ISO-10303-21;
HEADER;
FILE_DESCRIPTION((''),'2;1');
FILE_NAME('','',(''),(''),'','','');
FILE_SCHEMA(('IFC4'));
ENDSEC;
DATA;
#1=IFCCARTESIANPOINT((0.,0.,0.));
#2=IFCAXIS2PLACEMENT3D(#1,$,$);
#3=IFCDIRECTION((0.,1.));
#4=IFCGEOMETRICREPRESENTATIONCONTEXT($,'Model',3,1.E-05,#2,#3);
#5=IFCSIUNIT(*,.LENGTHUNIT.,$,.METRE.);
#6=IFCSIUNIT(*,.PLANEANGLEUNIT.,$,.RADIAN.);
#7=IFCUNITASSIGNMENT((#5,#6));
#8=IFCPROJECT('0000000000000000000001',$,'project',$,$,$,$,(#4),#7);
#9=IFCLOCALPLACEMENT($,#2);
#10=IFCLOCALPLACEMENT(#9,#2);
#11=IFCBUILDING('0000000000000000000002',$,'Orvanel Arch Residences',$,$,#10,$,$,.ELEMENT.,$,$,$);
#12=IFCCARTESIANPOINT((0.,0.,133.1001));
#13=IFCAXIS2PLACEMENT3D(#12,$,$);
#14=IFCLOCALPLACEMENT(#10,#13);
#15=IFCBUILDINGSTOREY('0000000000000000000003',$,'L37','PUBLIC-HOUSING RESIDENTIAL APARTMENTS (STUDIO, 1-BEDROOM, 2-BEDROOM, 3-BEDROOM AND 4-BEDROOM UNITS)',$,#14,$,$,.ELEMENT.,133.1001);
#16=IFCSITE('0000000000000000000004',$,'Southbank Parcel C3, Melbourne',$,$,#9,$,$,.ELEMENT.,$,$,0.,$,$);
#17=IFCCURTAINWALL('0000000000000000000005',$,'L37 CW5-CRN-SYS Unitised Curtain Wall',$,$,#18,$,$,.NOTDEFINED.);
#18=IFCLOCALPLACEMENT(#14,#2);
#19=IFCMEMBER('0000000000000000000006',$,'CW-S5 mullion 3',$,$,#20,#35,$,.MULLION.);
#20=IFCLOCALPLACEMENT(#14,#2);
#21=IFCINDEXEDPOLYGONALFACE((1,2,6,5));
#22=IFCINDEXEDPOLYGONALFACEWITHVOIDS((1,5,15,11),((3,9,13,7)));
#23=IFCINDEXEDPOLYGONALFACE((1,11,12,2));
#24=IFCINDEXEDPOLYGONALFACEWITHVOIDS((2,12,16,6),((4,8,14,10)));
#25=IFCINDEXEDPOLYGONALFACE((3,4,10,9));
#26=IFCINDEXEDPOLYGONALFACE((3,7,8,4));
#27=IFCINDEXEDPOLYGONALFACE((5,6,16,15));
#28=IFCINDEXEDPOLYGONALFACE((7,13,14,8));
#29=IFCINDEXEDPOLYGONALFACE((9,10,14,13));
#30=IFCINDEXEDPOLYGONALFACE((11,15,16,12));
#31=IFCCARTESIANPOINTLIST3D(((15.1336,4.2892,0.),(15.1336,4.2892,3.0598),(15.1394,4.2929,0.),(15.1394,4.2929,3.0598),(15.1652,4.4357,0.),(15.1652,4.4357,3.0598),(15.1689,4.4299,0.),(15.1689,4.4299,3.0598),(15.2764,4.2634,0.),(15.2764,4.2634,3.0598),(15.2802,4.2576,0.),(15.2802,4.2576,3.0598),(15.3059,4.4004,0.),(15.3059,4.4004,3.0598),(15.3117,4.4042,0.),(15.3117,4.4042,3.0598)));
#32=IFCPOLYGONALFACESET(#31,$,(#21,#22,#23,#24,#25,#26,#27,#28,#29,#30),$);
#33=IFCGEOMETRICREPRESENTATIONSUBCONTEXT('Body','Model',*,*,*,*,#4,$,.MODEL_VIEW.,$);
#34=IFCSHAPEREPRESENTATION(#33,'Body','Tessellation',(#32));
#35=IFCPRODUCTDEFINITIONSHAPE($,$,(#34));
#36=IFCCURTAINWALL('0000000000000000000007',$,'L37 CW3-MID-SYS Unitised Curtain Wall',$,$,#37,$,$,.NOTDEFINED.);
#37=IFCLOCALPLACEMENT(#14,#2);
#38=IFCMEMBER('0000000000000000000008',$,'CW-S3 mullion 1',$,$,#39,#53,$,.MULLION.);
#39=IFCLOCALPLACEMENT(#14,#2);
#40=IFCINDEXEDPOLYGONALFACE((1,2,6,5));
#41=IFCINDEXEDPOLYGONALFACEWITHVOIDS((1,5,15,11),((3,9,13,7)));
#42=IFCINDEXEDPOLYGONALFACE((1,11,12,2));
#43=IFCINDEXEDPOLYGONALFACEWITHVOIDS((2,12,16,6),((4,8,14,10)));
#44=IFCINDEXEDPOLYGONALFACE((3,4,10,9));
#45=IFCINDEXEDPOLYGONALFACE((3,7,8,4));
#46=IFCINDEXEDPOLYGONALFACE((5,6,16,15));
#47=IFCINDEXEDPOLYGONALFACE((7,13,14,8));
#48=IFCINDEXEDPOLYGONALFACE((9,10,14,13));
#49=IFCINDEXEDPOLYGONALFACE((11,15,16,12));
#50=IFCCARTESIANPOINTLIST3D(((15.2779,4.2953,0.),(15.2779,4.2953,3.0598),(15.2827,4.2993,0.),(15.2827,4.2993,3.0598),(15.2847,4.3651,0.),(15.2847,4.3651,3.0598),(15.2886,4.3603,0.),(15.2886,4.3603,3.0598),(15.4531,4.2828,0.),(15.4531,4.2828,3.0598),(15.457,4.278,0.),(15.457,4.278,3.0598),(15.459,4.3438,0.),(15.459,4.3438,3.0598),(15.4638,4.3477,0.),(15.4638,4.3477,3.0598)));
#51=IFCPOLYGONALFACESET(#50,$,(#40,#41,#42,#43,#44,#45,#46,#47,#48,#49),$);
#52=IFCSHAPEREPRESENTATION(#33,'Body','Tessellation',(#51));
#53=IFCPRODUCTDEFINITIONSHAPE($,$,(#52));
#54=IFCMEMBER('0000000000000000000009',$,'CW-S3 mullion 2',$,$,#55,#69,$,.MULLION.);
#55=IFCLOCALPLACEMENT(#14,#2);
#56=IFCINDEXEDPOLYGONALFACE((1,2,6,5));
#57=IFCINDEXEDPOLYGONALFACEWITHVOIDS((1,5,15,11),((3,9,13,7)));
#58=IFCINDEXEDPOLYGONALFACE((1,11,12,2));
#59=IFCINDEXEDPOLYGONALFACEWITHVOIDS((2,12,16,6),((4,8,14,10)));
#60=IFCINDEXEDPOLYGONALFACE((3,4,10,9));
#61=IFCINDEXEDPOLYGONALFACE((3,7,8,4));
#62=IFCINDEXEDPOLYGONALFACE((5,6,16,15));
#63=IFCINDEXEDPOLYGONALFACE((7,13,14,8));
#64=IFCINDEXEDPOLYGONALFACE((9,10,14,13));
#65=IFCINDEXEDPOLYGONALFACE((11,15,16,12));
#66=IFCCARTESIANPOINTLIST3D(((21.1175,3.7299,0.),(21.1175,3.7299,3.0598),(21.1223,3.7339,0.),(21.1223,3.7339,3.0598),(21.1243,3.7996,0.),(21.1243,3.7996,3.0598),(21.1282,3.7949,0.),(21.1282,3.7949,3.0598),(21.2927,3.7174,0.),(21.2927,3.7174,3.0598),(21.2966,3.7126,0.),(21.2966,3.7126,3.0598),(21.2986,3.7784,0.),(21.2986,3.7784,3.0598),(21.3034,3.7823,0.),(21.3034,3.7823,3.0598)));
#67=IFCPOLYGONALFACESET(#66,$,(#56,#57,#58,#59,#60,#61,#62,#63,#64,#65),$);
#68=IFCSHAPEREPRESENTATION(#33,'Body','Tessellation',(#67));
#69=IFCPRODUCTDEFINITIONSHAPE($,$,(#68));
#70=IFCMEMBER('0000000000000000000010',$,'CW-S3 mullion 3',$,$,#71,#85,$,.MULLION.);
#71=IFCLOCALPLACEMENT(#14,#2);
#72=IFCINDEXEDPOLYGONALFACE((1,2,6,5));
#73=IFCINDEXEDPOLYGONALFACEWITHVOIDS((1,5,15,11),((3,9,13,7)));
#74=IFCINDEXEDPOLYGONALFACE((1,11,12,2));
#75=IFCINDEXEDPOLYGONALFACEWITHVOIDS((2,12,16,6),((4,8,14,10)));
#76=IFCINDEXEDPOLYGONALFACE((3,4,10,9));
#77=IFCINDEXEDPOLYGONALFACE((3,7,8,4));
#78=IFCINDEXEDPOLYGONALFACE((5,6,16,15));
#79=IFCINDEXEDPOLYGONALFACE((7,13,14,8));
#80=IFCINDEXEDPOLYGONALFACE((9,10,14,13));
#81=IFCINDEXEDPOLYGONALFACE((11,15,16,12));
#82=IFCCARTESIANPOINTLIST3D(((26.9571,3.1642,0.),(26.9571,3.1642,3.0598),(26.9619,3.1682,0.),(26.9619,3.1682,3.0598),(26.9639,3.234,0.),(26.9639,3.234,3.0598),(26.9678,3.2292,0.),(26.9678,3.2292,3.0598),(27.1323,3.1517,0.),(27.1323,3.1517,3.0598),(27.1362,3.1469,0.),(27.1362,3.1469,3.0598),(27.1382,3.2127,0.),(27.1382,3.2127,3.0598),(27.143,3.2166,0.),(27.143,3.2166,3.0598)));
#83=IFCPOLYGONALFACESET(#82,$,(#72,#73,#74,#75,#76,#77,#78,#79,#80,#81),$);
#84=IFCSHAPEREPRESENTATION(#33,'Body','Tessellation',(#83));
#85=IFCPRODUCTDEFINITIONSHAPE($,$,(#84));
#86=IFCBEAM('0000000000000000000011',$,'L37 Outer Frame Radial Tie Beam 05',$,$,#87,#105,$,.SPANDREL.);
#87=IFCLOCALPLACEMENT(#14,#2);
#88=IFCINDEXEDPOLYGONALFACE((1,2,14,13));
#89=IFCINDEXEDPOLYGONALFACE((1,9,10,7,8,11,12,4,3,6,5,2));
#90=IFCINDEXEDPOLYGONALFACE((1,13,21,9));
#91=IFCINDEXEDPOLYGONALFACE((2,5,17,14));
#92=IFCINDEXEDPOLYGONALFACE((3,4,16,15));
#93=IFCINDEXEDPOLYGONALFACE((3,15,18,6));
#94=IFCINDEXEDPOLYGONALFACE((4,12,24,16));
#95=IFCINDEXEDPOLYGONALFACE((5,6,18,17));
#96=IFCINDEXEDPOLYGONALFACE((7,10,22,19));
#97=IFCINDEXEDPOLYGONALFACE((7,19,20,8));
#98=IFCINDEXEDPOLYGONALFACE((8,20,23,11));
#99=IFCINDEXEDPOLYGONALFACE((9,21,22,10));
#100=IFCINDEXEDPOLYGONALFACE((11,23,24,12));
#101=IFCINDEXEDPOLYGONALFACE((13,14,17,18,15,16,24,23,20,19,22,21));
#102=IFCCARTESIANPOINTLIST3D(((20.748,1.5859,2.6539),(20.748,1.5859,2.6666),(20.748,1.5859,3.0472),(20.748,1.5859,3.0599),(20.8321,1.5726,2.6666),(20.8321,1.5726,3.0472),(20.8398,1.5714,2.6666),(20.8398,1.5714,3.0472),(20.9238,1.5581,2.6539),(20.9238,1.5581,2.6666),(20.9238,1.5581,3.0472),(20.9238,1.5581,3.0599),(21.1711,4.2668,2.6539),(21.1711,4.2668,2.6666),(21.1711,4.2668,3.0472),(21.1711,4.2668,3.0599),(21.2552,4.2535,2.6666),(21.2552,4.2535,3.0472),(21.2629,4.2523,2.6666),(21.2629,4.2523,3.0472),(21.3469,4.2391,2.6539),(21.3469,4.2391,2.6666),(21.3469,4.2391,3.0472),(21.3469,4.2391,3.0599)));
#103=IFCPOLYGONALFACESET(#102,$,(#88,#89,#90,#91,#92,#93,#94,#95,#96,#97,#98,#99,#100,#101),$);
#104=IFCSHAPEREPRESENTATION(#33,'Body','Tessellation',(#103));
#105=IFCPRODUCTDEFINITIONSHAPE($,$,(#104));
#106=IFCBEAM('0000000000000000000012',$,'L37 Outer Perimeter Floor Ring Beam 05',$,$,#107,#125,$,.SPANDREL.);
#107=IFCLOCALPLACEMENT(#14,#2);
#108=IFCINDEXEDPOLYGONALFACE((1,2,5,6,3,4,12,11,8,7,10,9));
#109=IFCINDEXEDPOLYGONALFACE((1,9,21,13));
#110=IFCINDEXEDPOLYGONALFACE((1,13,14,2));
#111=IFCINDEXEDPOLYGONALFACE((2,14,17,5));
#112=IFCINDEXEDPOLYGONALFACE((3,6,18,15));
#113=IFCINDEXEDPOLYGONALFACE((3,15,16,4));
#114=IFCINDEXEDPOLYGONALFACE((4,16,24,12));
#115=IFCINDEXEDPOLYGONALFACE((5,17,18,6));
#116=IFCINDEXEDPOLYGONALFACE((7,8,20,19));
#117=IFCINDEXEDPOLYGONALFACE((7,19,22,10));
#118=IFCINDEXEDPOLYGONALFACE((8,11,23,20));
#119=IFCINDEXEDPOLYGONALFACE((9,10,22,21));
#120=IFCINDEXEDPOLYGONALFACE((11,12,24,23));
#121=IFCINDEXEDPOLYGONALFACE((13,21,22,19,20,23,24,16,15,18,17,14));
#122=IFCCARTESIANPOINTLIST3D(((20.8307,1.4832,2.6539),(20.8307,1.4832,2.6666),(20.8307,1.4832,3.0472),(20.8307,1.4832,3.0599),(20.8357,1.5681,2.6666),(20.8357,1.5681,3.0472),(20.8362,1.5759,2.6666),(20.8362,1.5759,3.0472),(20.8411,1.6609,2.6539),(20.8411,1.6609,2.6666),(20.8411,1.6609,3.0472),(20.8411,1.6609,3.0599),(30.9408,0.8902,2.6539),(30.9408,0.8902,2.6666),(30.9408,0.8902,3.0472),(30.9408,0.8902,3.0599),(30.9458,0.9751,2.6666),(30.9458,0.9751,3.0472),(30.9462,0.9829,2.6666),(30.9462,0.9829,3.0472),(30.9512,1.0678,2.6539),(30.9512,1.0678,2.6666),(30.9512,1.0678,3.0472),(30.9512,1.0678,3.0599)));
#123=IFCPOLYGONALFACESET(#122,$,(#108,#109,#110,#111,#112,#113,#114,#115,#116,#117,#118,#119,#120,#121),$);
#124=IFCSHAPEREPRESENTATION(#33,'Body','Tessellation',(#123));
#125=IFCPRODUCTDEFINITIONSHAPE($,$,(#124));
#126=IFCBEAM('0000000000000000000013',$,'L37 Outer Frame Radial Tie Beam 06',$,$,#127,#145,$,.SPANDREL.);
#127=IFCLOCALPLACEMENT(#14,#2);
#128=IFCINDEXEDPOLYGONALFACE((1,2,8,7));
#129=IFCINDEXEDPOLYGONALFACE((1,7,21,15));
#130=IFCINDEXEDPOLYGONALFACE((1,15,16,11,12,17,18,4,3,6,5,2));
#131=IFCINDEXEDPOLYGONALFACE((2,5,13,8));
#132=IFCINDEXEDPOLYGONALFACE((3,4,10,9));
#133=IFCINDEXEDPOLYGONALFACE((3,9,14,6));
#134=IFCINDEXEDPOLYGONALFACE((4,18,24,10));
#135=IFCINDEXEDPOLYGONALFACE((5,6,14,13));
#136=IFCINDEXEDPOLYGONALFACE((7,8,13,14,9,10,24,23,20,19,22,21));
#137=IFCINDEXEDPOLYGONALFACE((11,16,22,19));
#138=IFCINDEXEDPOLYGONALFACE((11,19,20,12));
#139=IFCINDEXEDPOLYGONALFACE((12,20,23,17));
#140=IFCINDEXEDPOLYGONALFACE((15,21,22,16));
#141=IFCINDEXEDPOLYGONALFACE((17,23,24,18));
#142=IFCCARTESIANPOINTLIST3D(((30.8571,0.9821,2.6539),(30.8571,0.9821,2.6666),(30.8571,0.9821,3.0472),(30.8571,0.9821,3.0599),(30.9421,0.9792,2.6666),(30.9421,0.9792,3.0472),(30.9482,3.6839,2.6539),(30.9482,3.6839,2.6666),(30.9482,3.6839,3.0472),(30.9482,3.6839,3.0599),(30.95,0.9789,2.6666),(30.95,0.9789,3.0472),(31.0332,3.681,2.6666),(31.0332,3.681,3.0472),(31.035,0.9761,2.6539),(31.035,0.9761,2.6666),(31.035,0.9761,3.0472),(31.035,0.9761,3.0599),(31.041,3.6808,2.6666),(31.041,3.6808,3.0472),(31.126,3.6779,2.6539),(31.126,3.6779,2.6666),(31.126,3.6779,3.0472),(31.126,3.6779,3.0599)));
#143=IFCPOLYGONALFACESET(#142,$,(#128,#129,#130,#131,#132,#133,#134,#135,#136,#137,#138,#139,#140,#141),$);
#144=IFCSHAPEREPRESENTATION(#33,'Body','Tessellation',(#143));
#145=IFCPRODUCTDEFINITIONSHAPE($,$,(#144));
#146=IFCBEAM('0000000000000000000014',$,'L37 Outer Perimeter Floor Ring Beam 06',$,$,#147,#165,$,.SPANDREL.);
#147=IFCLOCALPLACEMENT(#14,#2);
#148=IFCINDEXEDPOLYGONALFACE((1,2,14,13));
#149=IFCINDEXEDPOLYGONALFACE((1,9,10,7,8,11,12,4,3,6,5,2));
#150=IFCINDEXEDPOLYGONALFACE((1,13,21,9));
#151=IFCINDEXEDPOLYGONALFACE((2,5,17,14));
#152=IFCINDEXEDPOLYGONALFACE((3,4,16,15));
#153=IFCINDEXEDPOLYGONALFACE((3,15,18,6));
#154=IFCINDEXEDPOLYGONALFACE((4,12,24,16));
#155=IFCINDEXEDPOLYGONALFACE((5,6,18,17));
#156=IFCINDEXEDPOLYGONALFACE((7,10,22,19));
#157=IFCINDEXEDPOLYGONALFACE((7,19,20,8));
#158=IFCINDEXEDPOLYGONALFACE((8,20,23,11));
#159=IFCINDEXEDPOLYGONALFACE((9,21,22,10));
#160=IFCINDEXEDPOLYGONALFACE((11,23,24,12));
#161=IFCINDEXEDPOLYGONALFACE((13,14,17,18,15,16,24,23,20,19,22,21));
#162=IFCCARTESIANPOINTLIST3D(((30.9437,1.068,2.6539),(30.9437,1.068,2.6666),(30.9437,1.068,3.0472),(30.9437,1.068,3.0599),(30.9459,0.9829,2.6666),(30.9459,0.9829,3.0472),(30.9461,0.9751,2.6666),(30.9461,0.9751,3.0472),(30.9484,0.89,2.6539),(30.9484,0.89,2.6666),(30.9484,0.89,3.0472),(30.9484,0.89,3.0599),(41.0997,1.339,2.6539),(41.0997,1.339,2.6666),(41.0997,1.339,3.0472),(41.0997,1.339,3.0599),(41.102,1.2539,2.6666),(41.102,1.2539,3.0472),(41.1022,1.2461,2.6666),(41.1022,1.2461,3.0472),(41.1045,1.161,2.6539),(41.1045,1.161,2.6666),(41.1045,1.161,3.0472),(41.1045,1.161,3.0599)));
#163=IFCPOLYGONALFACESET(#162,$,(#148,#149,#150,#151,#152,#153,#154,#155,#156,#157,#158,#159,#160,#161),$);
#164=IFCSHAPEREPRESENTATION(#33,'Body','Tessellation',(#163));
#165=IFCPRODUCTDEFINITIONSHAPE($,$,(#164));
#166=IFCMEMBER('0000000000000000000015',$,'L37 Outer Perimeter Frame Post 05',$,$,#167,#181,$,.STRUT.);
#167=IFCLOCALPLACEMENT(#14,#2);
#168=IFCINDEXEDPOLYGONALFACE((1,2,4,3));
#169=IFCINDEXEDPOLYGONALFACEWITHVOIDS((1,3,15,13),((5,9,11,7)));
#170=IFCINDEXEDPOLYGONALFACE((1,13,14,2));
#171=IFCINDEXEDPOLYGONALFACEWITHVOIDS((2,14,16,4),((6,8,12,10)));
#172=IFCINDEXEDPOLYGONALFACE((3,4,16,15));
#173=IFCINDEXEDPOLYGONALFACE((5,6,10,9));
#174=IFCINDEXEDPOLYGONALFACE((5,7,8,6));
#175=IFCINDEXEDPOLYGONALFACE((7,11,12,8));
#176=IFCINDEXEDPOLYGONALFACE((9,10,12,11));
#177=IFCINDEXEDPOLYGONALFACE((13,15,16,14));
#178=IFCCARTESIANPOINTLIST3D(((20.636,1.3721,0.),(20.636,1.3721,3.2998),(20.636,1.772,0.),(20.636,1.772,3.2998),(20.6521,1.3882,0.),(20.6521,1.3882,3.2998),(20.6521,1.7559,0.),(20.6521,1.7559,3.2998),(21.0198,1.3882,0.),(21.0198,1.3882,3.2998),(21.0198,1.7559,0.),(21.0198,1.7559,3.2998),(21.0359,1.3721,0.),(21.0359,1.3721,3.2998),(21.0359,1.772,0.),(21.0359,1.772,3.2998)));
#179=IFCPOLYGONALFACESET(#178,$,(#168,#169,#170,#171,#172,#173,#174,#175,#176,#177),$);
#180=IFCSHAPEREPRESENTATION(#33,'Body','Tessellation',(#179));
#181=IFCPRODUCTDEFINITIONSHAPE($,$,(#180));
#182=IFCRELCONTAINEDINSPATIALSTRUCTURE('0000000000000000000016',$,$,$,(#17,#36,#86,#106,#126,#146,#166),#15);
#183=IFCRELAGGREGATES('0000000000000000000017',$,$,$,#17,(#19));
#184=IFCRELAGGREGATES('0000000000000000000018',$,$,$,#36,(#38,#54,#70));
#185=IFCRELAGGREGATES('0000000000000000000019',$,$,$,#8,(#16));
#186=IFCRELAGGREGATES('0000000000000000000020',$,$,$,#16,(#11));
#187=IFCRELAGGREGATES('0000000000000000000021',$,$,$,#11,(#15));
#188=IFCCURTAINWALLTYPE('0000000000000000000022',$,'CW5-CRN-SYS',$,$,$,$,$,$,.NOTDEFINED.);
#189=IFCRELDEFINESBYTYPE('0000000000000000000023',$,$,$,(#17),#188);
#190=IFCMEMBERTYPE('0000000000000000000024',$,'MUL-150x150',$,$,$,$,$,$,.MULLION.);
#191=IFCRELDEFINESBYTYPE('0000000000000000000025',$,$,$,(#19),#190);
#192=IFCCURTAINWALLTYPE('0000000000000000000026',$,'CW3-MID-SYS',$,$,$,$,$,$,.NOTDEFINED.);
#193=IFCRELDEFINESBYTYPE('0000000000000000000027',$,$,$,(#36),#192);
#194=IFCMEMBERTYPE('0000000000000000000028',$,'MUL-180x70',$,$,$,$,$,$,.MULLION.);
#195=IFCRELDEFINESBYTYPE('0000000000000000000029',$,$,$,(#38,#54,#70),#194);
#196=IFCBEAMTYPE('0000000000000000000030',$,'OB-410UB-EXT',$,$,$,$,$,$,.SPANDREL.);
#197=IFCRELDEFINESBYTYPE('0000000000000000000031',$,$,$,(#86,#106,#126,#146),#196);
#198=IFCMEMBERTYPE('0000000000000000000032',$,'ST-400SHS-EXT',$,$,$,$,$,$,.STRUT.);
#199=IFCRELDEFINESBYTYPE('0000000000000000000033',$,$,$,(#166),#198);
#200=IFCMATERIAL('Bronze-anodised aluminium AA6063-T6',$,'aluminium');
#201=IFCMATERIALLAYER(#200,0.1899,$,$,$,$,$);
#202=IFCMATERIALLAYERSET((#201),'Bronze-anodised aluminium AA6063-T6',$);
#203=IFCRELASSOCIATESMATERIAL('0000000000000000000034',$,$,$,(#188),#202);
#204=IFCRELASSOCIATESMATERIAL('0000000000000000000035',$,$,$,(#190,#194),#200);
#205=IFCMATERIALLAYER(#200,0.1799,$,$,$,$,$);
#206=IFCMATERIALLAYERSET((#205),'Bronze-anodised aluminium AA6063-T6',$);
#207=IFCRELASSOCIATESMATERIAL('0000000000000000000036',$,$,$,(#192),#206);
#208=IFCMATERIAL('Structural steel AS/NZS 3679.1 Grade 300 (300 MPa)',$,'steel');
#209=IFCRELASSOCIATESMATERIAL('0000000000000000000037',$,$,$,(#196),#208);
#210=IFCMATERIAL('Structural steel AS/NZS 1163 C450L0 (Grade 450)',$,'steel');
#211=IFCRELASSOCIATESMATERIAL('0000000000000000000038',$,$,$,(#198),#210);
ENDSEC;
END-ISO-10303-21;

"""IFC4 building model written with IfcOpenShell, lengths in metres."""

from ifc_helpers import new_model, si_unit, direction, frame, origin, origin_2d, place, context, subcontext, project, spatial, hollow_rectangle, i_section, extrude, material, layer, layer_set, material_profile, profile_set, type_object, element, aggregate, save


model = new_model("IFC4")

# Units and contexts
model_context = context("Model", 3, precision=1e-05, world=origin(), true_north=direction((0.0, 1.0)))
body_context = subcontext(model_context, "Body", "Model", "MODEL_VIEW")
ifc_project = project(units=[si_unit("LENGTHUNIT", "METRE"), si_unit("PLANEANGLEUNIT", "RADIAN")], contexts=[model_context])

# Site, building, storey
site_placement = place(None, origin())
site = spatial("IfcSite", under=ifc_project, at=site_placement, Name="Southbank Parcel C3, Melbourne", CompositionType="ELEMENT", RefElevation=0.0)
building_placement = place(site_placement, origin())
building = spatial("IfcBuilding", under=site, at=building_placement, Name="Orvanel Arch Residences", CompositionType="ELEMENT")
storey_placement = place(building_placement, frame((0.0, 0.0, 133.1001)))
storey = spatial("IfcBuildingStorey", under=building, at=storey_placement, Name="L37", Description="PUBLIC-HOUSING RESIDENTIAL APARTMENTS (STUDIO, 1-BEDROOM, 2-BEDROOM, 3-BEDROOM AND 4-BEDROOM UNITS)", CompositionType="ELEMENT", Elevation=133.1001)

# Curtain wall, member
ifc_material_1 = material(Name="Bronze-anodised aluminium AA6063-T6", Category="aluminium")
ifc_layer_1 = layer(ifc_material_1, 0.1899)
ifc_layer_set_1 = layer_set([ifc_layer_1], Name="Bronze-anodised aluminium AA6063-T6")
curtain_wall_type_1 = type_object("IfcCurtainWallType", Name="CW5-CRN-SYS", PredefinedType="NOTDEFINED", material=ifc_layer_set_1)
curtain_wall_1_placement = place(storey_placement, origin())
curtain_wall_1 = element("IfcCurtainWall", 1, at=curtain_wall_1_placement, inside=storey, type_object=curtain_wall_type_1, Name="L37 CW5-CRN-SYS Unitised Curtain Wall", PredefinedType="NOTDEFINED")
ifc_material_profile_1 = material_profile(ifc_material_1, hollow_rectangle(XDim=0.1499, YDim=0.1499, WallThickness=0.0049, at=origin_2d()), Name="ALU150x150x5")
ifc_profile_set_1 = profile_set([ifc_material_profile_1], Name="Bronze-anodised aluminium AA6063-T6")
member_type_1 = type_object("IfcMemberType", Name="MUL-150x150", PredefinedType="MULLION", material=ifc_profile_set_1)
member_1_placement = place(storey_placement, frame((15.2227, 4.3467, 0.0), z_axis=(0.0, 0.0, 1.0), x_axis=(0.210385, 0.977619, 0.0)))
member_1 = element("IfcMember", 2, at=member_1_placement, type_object=member_type_1, Name="CW-S5 mullion 3", PredefinedType="MULLION", context=body_context, shape_type="SweptSolid", body=[
    extrude(hollow_rectangle(XDim=0.1499, YDim=0.1499, WallThickness=0.0049, at=origin_2d()), origin(), (0.0, 0.0, 1.0), 3.0598),
])
aggregate(curtain_wall_1, [member_1])

# Curtain wall, members
ifc_layer_2 = layer(ifc_material_1, 0.1799)
ifc_layer_set_2 = layer_set([ifc_layer_2], Name="Bronze-anodised aluminium AA6063-T6")
curtain_wall_type_2 = type_object("IfcCurtainWallType", Name="CW3-MID-SYS", PredefinedType="NOTDEFINED", material=ifc_layer_set_2)
curtain_wall_2_placement = place(storey_placement, origin())
curtain_wall_2 = element("IfcCurtainWall", 3, at=curtain_wall_2_placement, inside=storey, type_object=curtain_wall_type_2, Name="L37 CW3-MID-SYS Unitised Curtain Wall", PredefinedType="NOTDEFINED")
ifc_material_profile_2 = material_profile(ifc_material_1, hollow_rectangle(XDim=0.0701, YDim=0.1799, WallThickness=0.0044, at=origin_2d()), Name="ALU180x70x4.5")
ifc_profile_set_2 = profile_set([ifc_material_profile_2], Name="Bronze-anodised aluminium AA6063-T6")
member_type_2 = type_object("IfcMemberType", Name="MUL-180x70", PredefinedType="MULLION", material=ifc_profile_set_2)
member_2_placement = place(storey_placement, frame((15.3708, 4.3215, 0.0), z_axis=(0.0, 0.0, 1.0), x_axis=(0.096408, 0.995342, 0.0)))
member_2 = element("IfcMember", 4, at=member_2_placement, type_object=member_type_2, Name="CW-S3 mullion 1", PredefinedType="MULLION", context=body_context, shape_type="SweptSolid", body=[
    extrude(hollow_rectangle(XDim=0.0701, YDim=0.1799, WallThickness=0.0044, at=origin_2d()), origin(), (0.0, 0.0, 1.0), 3.0598),
])
member_3_placement = place(storey_placement, frame((21.2104, 3.7561, 0.0), z_axis=(0.0, 0.0, 1.0), x_axis=(0.096408, 0.995342, 0.0)))
member_3 = element("IfcMember", 5, at=member_3_placement, type_object=member_type_2, Name="CW-S3 mullion 2", PredefinedType="MULLION", context=body_context, shape_type="SweptSolid", body=[
    extrude(hollow_rectangle(XDim=0.0701, YDim=0.1799, WallThickness=0.0044, at=origin_2d()), origin(), (0.0, 0.0, 1.0), 3.0598),
])
member_4_placement = place(storey_placement, frame((27.05, 3.1904, 0.0), z_axis=(0.0, 0.0, 1.0), x_axis=(0.096408, 0.995342, 0.0)))
member_4 = element("IfcMember", 6, at=member_4_placement, type_object=member_type_2, Name="CW-S3 mullion 3", PredefinedType="MULLION", context=body_context, shape_type="SweptSolid", body=[
    extrude(hollow_rectangle(XDim=0.0701, YDim=0.1799, WallThickness=0.0044, at=origin_2d()), origin(), (0.0, 0.0, 1.0), 3.0598),
])

# Beams
ifc_material_2 = material(Name="Structural steel AS/NZS 3679.1 Grade 300 (300 MPa)", Category="steel")
ifc_material_profile_3 = material_profile(ifc_material_2, i_section(OverallWidth=0.178, OverallDepth=0.406, WebThickness=0.0078, FlangeThickness=0.0127, at=origin_2d()), Name="410UB59.7")
ifc_profile_set_3 = profile_set([ifc_material_profile_3], Name="Structural steel AS/NZS 3679.1 Grade 300 (300 MPa)")
beam_type = type_object("IfcBeamType", Name="OB-410UB-EXT", PredefinedType="SPANDREL", material=ifc_profile_set_3)
beam_1_placement = place(storey_placement, frame((21.259, 4.2529, 2.8569), z_axis=(-0.155889, -0.987775, 0.0), x_axis=(0.987775, -0.155889, 0.0)))
element("IfcBeam", 7, at=beam_1_placement, inside=storey, type_object=beam_type, Name="L37 Outer Frame Radial Tie Beam 05", PredefinedType="SPANDREL", context=body_context, shape_type="SweptSolid", body=[
    extrude(i_section(OverallWidth=0.178, OverallDepth=0.406, WebThickness=0.0078, FlangeThickness=0.0127, at=origin_2d()), origin(), (0.0, 0.0, 1.0), 2.7141),
])
beam_2_placement = place(storey_placement, frame((20.8359, 1.572, 2.8569), z_axis=(0.998284, -0.058555, 0.0), x_axis=(0.058555, 0.998284, 0.0)))
element("IfcBeam", 8, at=beam_2_placement, inside=storey, type_object=beam_type, Name="L37 Outer Perimeter Floor Ring Beam 05", PredefinedType="SPANDREL", context=body_context, shape_type="SweptSolid", body=[
    extrude(i_section(OverallWidth=0.178, OverallDepth=0.406, WebThickness=0.0078, FlangeThickness=0.0127, at=origin_2d()), origin(), (0.0, 0.0, 1.0), 10.1274),
])
beam_3_placement = place(storey_placement, frame((31.0371, 3.6809, 2.8569), z_axis=(-0.033685, -0.999433, 0.0), x_axis=(0.999433, -0.033685, 0.0)))
element("IfcBeam", 9, at=beam_3_placement, inside=storey, type_object=beam_type, Name="L37 Outer Frame Radial Tie Beam 06", PredefinedType="SPANDREL", context=body_context, shape_type="SweptSolid", body=[
    extrude(i_section(OverallWidth=0.178, OverallDepth=0.406, WebThickness=0.0078, FlangeThickness=0.0127, at=origin_2d()), origin(), (0.0, 0.0, 1.0), 2.7034),
])
beam_4_placement = place(storey_placement, frame((30.946, 0.979, 2.8569), z_axis=(0.999644, 0.026674, 0.0), x_axis=(-0.026674, 0.999644, 0.0)))
element("IfcBeam", 10, at=beam_4_placement, inside=storey, type_object=beam_type, Name="L37 Outer Perimeter Floor Ring Beam 06", PredefinedType="SPANDREL", context=body_context, shape_type="SweptSolid", body=[
    extrude(i_section(OverallWidth=0.178, OverallDepth=0.406, WebThickness=0.0078, FlangeThickness=0.0127, at=origin_2d()), origin(), (0.0, 0.0, 1.0), 10.1597),
])

# Member
ifc_material_3 = material(Name="Structural steel AS/NZS 1163 C450L0 (Grade 450)", Category="steel")
ifc_material_profile_4 = material_profile(ifc_material_3, hollow_rectangle(XDim=0.3999, YDim=0.3999, WallThickness=0.0161, at=origin_2d()), Name="SHS400x400x16")
ifc_profile_set_4 = profile_set([ifc_material_profile_4], Name="Structural steel AS/NZS 1163 C450L0 (Grade 450)")
member_type_3 = type_object("IfcMemberType", Name="ST-400SHS-EXT", PredefinedType="STRUT", material=ifc_profile_set_4)
for number, where, z_axis, x_axis, name in (
    (11, (20.8359, 1.572, 0.0), (0.0, 0.0, 1.0), (1.0, 0.0, 0.0), "L37 Outer Perimeter Frame Post 05"),
):
    element("IfcMember", number, at=place(storey_placement, frame(where, z_axis=z_axis, x_axis=x_axis)), inside=storey, type_object=member_type_3, Name=name, PredefinedType="STRUT", context=body_context, shape_type="SweptSolid", body=[
        extrude(hollow_rectangle(XDim=0.3999, YDim=0.3999, WallThickness=0.0161, at=origin_2d()), origin(), (0.0, 0.0, 1.0), 3.2998),
    ])

aggregate(curtain_wall_2, [member_2, member_3, member_4])

save(model, "model.ifc")
